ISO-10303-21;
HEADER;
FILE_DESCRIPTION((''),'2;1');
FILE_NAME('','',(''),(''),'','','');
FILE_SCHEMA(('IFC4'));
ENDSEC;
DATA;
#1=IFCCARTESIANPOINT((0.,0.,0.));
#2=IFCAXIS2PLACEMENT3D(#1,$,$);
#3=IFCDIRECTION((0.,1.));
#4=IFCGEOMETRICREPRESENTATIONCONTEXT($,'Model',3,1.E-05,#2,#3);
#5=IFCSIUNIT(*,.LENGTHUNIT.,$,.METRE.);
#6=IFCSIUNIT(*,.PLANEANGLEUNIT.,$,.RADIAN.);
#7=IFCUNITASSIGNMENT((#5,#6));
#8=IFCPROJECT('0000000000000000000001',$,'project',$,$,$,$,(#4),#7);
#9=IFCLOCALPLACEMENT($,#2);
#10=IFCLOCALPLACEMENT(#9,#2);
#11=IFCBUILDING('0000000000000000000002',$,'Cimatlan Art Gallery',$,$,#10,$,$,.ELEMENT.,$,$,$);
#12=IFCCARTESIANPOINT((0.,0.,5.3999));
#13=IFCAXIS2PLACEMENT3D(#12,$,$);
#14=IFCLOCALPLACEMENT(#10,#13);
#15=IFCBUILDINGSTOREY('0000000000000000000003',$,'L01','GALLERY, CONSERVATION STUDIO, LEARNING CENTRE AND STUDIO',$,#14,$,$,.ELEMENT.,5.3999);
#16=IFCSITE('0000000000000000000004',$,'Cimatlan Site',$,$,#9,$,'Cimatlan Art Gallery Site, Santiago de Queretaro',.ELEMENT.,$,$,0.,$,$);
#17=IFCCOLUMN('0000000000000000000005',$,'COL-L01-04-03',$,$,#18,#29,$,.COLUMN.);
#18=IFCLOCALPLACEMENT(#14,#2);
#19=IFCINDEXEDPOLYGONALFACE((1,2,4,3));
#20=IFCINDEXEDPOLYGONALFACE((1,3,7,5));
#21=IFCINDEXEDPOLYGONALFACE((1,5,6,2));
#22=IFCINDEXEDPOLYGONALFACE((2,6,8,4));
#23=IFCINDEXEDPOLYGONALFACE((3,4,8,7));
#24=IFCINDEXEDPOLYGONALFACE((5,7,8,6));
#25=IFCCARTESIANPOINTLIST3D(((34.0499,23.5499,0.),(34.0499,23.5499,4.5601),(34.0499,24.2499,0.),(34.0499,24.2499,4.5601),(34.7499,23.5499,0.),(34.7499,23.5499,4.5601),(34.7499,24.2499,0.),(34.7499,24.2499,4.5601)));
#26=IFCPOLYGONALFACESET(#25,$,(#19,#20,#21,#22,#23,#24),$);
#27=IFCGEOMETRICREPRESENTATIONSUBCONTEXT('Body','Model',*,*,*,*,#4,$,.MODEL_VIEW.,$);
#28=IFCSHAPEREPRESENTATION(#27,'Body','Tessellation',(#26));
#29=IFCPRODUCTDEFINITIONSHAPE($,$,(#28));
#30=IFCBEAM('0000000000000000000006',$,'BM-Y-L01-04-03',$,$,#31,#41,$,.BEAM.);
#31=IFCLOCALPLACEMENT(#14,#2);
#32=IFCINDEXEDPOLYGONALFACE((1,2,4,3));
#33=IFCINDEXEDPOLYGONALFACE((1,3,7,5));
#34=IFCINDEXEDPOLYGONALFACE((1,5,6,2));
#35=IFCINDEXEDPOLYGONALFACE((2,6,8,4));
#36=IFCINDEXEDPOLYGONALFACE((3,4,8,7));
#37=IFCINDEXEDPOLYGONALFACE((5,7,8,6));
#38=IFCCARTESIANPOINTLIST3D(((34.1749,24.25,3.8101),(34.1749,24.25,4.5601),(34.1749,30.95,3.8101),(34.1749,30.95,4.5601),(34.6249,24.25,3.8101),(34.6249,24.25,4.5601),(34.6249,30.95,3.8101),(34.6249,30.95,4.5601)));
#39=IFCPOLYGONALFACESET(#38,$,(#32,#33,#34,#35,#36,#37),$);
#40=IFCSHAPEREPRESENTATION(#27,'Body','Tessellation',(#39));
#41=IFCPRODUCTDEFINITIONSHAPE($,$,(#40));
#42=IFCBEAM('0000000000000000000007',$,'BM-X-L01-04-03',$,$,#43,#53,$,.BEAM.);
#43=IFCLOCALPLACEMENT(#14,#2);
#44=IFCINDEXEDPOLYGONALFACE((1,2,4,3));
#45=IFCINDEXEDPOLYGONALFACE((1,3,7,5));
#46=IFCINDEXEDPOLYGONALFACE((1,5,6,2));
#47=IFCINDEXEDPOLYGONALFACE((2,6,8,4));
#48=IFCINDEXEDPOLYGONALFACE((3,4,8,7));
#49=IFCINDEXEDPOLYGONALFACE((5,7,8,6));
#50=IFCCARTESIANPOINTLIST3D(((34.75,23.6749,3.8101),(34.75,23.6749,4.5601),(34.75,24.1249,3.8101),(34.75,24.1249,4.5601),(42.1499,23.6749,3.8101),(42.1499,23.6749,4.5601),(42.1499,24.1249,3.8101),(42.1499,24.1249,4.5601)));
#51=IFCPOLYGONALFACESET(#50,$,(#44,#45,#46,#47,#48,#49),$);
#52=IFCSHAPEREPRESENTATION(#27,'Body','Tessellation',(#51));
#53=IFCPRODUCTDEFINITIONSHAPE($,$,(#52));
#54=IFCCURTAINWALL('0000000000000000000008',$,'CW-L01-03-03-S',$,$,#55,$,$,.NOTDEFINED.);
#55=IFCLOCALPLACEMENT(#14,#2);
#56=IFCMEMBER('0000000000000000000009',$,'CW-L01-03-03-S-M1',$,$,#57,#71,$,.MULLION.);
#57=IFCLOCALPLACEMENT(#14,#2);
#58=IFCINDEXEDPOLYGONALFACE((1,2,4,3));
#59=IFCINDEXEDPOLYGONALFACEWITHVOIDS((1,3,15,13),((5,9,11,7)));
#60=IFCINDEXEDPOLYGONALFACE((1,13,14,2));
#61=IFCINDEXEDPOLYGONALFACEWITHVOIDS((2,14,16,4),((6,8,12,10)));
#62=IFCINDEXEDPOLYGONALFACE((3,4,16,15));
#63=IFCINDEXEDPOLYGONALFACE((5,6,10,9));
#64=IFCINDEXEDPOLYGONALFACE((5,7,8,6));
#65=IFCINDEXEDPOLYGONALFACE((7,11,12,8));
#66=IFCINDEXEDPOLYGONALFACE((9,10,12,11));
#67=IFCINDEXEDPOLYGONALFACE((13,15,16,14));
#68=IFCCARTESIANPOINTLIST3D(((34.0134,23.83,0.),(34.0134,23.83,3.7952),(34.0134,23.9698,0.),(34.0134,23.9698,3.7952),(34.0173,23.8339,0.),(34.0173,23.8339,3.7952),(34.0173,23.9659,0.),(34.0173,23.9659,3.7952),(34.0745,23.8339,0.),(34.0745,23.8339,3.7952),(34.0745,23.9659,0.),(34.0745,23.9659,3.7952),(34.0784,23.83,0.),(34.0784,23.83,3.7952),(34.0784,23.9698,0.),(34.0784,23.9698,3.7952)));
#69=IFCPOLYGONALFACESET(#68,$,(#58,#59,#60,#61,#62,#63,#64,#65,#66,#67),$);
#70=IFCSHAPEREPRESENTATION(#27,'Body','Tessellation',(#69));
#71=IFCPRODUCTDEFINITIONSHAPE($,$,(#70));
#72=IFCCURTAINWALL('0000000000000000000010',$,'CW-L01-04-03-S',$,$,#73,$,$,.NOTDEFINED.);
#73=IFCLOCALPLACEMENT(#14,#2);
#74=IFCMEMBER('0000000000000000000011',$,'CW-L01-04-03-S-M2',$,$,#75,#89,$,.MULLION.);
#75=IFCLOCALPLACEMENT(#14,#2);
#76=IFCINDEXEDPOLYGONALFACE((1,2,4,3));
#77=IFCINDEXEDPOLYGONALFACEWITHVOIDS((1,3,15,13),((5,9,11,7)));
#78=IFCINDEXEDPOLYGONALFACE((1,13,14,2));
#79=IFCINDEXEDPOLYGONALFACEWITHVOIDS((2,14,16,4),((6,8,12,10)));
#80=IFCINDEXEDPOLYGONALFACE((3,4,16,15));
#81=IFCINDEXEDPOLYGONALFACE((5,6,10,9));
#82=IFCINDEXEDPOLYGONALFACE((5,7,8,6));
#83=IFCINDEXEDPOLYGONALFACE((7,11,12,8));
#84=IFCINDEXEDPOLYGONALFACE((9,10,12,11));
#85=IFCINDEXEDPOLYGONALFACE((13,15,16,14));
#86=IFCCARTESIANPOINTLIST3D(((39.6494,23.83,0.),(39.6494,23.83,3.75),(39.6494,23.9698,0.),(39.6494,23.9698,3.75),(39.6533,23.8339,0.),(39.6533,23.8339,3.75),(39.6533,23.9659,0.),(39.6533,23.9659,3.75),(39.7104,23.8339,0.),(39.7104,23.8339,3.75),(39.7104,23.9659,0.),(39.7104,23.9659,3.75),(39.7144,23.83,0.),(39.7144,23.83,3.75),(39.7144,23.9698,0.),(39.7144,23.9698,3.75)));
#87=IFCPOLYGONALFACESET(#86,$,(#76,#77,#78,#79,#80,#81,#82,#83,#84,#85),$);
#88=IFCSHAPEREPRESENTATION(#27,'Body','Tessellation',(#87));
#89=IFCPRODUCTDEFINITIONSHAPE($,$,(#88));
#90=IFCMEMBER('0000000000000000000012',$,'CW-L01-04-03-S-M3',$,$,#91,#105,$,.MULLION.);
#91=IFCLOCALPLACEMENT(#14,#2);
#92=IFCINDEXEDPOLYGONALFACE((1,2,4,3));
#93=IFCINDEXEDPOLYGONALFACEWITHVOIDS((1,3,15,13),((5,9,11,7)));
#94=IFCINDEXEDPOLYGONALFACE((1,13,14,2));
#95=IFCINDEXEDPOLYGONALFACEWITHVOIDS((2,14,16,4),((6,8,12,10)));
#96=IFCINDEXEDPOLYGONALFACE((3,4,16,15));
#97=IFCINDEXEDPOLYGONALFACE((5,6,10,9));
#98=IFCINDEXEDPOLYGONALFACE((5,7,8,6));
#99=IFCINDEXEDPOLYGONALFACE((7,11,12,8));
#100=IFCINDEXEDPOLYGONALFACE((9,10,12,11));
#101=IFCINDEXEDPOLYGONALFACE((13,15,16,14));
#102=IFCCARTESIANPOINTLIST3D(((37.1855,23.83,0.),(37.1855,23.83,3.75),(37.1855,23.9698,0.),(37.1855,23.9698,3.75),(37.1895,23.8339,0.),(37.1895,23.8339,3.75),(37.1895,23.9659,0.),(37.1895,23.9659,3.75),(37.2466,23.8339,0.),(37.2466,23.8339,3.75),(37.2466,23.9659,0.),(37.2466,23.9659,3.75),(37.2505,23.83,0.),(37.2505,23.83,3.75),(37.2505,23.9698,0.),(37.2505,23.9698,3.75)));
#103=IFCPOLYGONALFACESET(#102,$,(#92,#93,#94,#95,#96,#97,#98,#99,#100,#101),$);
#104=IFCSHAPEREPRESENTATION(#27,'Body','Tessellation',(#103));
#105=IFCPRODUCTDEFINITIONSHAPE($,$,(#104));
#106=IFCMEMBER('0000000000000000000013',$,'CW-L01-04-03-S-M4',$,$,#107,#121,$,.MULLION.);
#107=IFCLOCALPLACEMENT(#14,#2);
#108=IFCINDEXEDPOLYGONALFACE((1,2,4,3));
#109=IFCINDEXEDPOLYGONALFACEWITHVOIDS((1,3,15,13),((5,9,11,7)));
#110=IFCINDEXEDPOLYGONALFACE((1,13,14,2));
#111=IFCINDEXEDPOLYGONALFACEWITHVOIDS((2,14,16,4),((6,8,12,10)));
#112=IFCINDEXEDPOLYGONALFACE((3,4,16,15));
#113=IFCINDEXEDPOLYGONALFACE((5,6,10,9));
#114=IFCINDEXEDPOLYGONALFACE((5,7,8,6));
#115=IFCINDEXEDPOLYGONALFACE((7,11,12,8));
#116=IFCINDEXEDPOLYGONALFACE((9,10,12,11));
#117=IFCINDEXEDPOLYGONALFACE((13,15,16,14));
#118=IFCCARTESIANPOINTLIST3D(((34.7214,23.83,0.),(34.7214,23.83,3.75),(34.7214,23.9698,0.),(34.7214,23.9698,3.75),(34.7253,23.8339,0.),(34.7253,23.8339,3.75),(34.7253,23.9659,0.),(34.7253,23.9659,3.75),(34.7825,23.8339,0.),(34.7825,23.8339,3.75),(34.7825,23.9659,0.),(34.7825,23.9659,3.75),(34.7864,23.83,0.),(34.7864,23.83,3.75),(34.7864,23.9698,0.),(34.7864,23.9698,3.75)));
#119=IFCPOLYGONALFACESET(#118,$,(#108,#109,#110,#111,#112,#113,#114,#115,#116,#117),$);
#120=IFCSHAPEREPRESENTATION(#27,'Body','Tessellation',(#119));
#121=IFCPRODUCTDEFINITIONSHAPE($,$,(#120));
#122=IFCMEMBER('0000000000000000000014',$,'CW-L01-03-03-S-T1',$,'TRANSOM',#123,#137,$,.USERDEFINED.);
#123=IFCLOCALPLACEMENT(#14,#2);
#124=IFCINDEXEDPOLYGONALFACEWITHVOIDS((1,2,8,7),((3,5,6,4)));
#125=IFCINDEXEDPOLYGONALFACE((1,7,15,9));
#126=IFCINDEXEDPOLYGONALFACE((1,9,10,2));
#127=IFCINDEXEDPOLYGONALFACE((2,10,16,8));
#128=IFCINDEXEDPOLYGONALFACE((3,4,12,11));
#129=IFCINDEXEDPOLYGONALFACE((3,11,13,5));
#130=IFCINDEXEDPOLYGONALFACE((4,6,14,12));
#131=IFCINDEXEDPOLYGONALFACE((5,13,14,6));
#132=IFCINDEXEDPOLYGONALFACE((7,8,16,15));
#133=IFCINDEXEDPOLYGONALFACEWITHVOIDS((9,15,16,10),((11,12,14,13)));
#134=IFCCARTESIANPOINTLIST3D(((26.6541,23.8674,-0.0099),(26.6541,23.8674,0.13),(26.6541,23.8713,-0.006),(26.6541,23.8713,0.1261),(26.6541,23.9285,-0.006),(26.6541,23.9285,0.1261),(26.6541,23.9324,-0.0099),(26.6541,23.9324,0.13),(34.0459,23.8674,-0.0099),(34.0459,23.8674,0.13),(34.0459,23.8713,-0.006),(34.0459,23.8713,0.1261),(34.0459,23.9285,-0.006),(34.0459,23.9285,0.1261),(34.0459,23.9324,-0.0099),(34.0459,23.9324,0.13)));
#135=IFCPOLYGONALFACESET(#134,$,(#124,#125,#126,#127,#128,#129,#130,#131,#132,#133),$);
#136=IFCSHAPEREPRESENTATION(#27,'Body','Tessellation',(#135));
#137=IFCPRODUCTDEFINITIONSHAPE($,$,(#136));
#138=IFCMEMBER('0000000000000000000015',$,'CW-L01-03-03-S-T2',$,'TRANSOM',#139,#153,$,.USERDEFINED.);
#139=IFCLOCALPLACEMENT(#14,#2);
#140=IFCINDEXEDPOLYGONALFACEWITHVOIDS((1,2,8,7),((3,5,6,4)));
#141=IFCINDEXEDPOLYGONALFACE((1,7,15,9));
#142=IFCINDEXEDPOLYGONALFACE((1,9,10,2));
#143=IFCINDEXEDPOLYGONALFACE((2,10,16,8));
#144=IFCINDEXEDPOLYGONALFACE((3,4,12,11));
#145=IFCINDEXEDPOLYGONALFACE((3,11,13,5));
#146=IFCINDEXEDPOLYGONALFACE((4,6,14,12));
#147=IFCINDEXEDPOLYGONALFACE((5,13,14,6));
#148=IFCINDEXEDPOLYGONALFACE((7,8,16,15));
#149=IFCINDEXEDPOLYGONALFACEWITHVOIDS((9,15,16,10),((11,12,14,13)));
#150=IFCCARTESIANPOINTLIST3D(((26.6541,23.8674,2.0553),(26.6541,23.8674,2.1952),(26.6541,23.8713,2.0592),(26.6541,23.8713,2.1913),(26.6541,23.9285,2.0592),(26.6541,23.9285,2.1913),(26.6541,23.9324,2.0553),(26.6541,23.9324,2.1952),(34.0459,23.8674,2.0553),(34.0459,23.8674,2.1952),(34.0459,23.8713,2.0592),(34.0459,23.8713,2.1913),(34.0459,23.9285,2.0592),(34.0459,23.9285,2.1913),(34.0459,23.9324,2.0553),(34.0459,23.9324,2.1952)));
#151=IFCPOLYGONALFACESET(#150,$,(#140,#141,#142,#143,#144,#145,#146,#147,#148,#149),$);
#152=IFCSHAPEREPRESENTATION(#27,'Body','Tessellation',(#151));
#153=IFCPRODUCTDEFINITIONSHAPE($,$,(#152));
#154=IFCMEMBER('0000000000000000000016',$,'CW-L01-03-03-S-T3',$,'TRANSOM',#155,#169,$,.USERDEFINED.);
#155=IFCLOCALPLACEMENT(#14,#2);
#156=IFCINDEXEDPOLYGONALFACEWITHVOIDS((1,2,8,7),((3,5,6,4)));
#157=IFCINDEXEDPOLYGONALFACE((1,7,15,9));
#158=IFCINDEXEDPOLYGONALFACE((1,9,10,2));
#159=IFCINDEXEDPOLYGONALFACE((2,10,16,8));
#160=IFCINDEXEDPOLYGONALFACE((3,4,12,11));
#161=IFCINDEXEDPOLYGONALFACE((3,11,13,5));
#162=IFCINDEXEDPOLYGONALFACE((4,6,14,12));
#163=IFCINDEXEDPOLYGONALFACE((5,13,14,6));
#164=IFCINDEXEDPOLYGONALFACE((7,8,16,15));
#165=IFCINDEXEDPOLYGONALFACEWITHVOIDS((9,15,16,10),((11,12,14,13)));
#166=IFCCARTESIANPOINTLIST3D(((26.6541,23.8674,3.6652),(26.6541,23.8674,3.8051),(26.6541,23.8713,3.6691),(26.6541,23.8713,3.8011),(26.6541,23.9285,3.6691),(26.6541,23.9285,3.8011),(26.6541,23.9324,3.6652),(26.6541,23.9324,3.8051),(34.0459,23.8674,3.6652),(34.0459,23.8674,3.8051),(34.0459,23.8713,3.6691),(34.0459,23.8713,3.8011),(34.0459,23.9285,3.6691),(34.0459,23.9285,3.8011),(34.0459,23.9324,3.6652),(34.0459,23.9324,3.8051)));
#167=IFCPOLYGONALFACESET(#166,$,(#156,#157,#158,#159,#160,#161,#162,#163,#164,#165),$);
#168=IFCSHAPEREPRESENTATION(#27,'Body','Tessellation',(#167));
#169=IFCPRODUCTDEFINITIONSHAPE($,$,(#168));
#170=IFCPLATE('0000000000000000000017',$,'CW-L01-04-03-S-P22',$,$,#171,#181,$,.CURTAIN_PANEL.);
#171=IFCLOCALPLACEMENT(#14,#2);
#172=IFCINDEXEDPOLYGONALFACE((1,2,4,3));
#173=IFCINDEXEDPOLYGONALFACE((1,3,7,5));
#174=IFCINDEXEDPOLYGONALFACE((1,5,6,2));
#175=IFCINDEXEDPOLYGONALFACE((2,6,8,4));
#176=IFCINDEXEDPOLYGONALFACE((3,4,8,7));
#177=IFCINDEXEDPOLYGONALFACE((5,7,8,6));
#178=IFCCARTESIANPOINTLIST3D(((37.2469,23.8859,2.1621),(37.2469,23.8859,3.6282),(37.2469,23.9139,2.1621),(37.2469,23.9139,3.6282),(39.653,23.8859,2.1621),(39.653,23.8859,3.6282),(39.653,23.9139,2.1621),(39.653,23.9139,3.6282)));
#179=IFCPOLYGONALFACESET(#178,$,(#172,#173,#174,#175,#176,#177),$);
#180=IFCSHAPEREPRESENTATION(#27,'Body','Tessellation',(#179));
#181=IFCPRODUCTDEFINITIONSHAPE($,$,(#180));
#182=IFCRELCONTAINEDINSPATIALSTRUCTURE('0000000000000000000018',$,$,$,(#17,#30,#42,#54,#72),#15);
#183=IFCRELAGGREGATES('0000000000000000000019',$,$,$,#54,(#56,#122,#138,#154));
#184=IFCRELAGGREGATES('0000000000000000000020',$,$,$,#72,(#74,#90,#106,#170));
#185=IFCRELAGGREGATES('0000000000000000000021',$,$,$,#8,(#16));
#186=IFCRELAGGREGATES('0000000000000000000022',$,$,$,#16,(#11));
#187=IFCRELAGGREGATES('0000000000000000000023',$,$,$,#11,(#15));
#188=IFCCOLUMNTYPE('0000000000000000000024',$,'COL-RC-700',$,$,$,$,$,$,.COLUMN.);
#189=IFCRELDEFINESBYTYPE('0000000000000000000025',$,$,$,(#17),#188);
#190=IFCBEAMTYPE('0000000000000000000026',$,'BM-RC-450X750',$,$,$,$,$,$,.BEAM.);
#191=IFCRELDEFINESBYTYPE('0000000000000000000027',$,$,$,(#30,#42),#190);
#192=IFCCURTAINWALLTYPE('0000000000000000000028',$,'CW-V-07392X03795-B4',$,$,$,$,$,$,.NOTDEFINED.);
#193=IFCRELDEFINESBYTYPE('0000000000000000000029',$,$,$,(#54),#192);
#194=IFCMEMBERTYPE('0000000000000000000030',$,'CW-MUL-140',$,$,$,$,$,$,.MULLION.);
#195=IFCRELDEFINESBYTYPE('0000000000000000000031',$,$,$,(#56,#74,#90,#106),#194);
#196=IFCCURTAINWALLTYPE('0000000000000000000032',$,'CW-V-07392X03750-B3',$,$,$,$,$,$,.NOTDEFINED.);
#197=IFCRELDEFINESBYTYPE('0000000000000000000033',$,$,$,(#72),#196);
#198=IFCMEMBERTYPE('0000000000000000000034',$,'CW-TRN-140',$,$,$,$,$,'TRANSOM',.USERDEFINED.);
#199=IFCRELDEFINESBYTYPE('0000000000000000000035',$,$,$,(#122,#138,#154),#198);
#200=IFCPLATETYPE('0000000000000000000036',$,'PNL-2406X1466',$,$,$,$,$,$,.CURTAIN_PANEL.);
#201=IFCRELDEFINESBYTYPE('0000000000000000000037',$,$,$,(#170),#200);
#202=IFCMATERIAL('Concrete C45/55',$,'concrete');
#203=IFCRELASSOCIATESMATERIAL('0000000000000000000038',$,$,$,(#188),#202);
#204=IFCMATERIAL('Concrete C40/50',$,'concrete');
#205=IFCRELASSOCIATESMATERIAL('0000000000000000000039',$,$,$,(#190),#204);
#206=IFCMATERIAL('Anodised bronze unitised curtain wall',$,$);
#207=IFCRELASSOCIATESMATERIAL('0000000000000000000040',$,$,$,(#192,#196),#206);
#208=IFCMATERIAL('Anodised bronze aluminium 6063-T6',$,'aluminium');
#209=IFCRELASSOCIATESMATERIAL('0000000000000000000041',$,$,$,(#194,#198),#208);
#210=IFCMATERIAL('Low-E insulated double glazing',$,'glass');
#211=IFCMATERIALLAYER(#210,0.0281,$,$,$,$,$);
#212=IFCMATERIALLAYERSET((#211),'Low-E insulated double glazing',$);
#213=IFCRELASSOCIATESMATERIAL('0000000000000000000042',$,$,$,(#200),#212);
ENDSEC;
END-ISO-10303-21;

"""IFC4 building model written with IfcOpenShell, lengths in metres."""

from ifc_helpers import new_model, si_unit, direction, frame, origin, origin_2d, place, context, subcontext, project, spatial, rectangle, hollow_rectangle, extrude, material, layer, layer_set, material_profile, profile_set, type_object, element, aggregate, save


model = new_model("IFC4")

# Units and contexts
model_context = context("Model", 3, precision=1e-05, world=origin(), true_north=direction((0.0, 1.0)))
body_context = subcontext(model_context, "Body", "Model", "MODEL_VIEW")
ifc_project = project(units=[si_unit("LENGTHUNIT", "METRE"), si_unit("PLANEANGLEUNIT", "RADIAN")], contexts=[model_context])

# Site, building, storey
site_placement = place(None, origin())
site = spatial("IfcSite", under=ifc_project, at=site_placement, Name="Cimatlan Site", LongName="Cimatlan Art Gallery Site, Santiago de Queretaro", CompositionType="ELEMENT", RefElevation=0.0)
building_placement = place(site_placement, origin())
building = spatial("IfcBuilding", under=site, at=building_placement, Name="Cimatlan Art Gallery", CompositionType="ELEMENT")
storey_placement = place(building_placement, frame((0.0, 0.0, 5.3999)))
storey = spatial("IfcBuildingStorey", under=building, at=storey_placement, Name="L01", Description="GALLERY, CONSERVATION STUDIO, LEARNING CENTRE AND STUDIO", CompositionType="ELEMENT", Elevation=5.3999)

# Column
ifc_material_1 = material(Name="Concrete C45/55", Category="concrete")
ifc_material_profile_1 = material_profile(ifc_material_1, rectangle(XDim=0.7, YDim=0.7, at=origin_2d()), Name="RC700X700")
ifc_profile_set_1 = profile_set([ifc_material_profile_1], Name="Concrete C45/55")
column_type = type_object("IfcColumnType", Name="COL-RC-700", PredefinedType="COLUMN", material=ifc_profile_set_1)
column_placement = place(storey_placement, frame((34.3999, 23.8999, 0.0), z_axis=(0.0, 0.0, 1.0), x_axis=(1.0, 0.0, 0.0)))
element("IfcColumn", 1, at=column_placement, inside=storey, type_object=column_type, Name="COL-L01-04-03", PredefinedType="COLUMN", context=body_context, shape_type="SweptSolid", body=[
    extrude(rectangle(XDim=0.7, YDim=0.7, at=origin_2d()), origin(), (0.0, 0.0, 1.0), 4.5601),
])

# Beams
ifc_material_2 = material(Name="Concrete C40/50", Category="concrete")
ifc_material_profile_2 = material_profile(ifc_material_2, rectangle(XDim=0.45, YDim=0.75, at=origin_2d()), Name="RC450X750")
ifc_profile_set_2 = profile_set([ifc_material_profile_2], Name="Concrete C40/50")
beam_type = type_object("IfcBeamType", Name="BM-RC-450X750", PredefinedType="BEAM", material=ifc_profile_set_2)
beam_1_placement = place(storey_placement, frame((34.3999, 24.25, 4.1851), z_axis=(0.0, 1.0, 0.0), x_axis=(-1.0, 0.0, 0.0)))
element("IfcBeam", 2, at=beam_1_placement, inside=storey, type_object=beam_type, Name="BM-Y-L01-04-03", PredefinedType="BEAM", context=body_context, shape_type="SweptSolid", body=[
    extrude(rectangle(XDim=0.45, YDim=0.75, at=origin_2d()), origin(), (0.0, 0.0, 1.0), 6.7),
])
beam_2_placement = place(storey_placement, frame((34.75, 23.8999, 4.1851), z_axis=(1.0, 0.0, 0.0), x_axis=(0.0, 1.0, 0.0)))
element("IfcBeam", 3, at=beam_2_placement, inside=storey, type_object=beam_type, Name="BM-X-L01-04-03", PredefinedType="BEAM", context=body_context, shape_type="SweptSolid", body=[
    extrude(rectangle(XDim=0.45, YDim=0.75, at=origin_2d()), origin(), (0.0, 0.0, 1.0), 7.3999),
])

# Curtain wall, member
ifc_material_3 = material(Name="Anodised bronze unitised curtain wall")
curtain_wall_type_1 = type_object("IfcCurtainWallType", Name="CW-V-07392X03795-B4", PredefinedType="NOTDEFINED", material=ifc_material_3)
curtain_wall_1_placement = place(storey_placement, origin())
curtain_wall_1 = element("IfcCurtainWall", 4, at=curtain_wall_1_placement, inside=storey, type_object=curtain_wall_type_1, Name="CW-L01-03-03-S", PredefinedType="NOTDEFINED")
ifc_material_4 = material(Name="Anodised bronze aluminium 6063-T6", Category="aluminium")
ifc_material_profile_3 = material_profile(ifc_material_4, hollow_rectangle(XDim=0.0649, YDim=0.1399, WallThickness=0.0039, at=origin_2d()), Name="ALU65X140X4")
ifc_profile_set_3 = profile_set([ifc_material_profile_3], Name="Anodised bronze aluminium 6063-T6")
member_type_1 = type_object("IfcMemberType", Name="CW-MUL-140", PredefinedType="MULLION", material=ifc_profile_set_3)
member_1_placement = place(storey_placement, frame((34.0459, 23.8999, 0.0), z_axis=(0.0, 0.0, 1.0), x_axis=(1.0, 0.0, 0.0)))
member_1 = element("IfcMember", 5, at=member_1_placement, type_object=member_type_1, Name="CW-L01-03-03-S-M1", PredefinedType="MULLION", context=body_context, shape_type="SweptSolid", body=[
    extrude(hollow_rectangle(XDim=0.0649, YDim=0.1399, WallThickness=0.0039, at=origin_2d()), origin(), (0.0, 0.0, 1.0), 3.7952),
])

# Curtain wall, members
curtain_wall_type_2 = type_object("IfcCurtainWallType", Name="CW-V-07392X03750-B3", PredefinedType="NOTDEFINED", material=ifc_material_3)
curtain_wall_2_placement = place(storey_placement, origin())
curtain_wall_2 = element("IfcCurtainWall", 6, at=curtain_wall_2_placement, inside=storey, type_object=curtain_wall_type_2, Name="CW-L01-04-03-S", PredefinedType="NOTDEFINED")
member_2_placement = place(storey_placement, frame((39.6819, 23.8999, 0.0), z_axis=(0.0, 0.0, 1.0), x_axis=(1.0, 0.0, 0.0)))
member_2 = element("IfcMember", 7, at=member_2_placement, type_object=member_type_1, Name="CW-L01-04-03-S-M2", PredefinedType="MULLION", context=body_context, shape_type="SweptSolid", body=[
    extrude(hollow_rectangle(XDim=0.0649, YDim=0.1399, WallThickness=0.0039, at=origin_2d()), origin(), (0.0, 0.0, 1.0), 3.75),
])
member_3_placement = place(storey_placement, frame((37.218, 23.8999, 0.0), z_axis=(0.0, 0.0, 1.0), x_axis=(1.0, 0.0, 0.0)))
member_3 = element("IfcMember", 8, at=member_3_placement, type_object=member_type_1, Name="CW-L01-04-03-S-M3", PredefinedType="MULLION", context=body_context, shape_type="SweptSolid", body=[
    extrude(hollow_rectangle(XDim=0.0649, YDim=0.1399, WallThickness=0.0039, at=origin_2d()), origin(), (0.0, 0.0, 1.0), 3.75),
])
member_4_placement = place(storey_placement, frame((34.7539, 23.8999, 0.0), z_axis=(0.0, 0.0, 1.0), x_axis=(1.0, 0.0, 0.0)))
member_4 = element("IfcMember", 9, at=member_4_placement, type_object=member_type_1, Name="CW-L01-04-03-S-M4", PredefinedType="MULLION", context=body_context, shape_type="SweptSolid", body=[
    extrude(hollow_rectangle(XDim=0.0649, YDim=0.1399, WallThickness=0.0039, at=origin_2d()), origin(), (0.0, 0.0, 1.0), 3.75),
])

# Members
ifc_material_profile_4 = material_profile(ifc_material_4, hollow_rectangle(XDim=0.0649, YDim=0.1399, WallThickness=0.0039, at=origin_2d()), Name="ALU65X140X4")
ifc_profile_set_4 = profile_set([ifc_material_profile_4], Name="Anodised bronze aluminium 6063-T6")
member_type_2 = type_object("IfcMemberType", Name="CW-TRN-140", ElementType="TRANSOM", PredefinedType="USERDEFINED", material=ifc_profile_set_4)
member_5_placement = place(storey_placement, frame((34.0459, 23.8999, 0.0601), z_axis=(-1.0, 0.0, 0.0), x_axis=(0.0, -1.0, 0.0)))
member_5 = element("IfcMember", 10, at=member_5_placement, type_object=member_type_2, Name="CW-L01-03-03-S-T1", ObjectType="TRANSOM", PredefinedType="USERDEFINED", context=body_context, shape_type="SweptSolid", body=[
    extrude(hollow_rectangle(XDim=0.0649, YDim=0.1399, WallThickness=0.0039, at=origin_2d()), origin(), (0.0, 0.0, 1.0), 7.3918),
])
member_6_placement = place(storey_placement, frame((34.0459, 23.8999, 2.1252), z_axis=(-1.0, 0.0, 0.0), x_axis=(0.0, -1.0, 0.0)))
member_6 = element("IfcMember", 11, at=member_6_placement, type_object=member_type_2, Name="CW-L01-03-03-S-T2", ObjectType="TRANSOM", PredefinedType="USERDEFINED", context=body_context, shape_type="SweptSolid", body=[
    extrude(hollow_rectangle(XDim=0.0649, YDim=0.1399, WallThickness=0.0039, at=origin_2d()), origin(), (0.0, 0.0, 1.0), 7.3918),
])
member_7_placement = place(storey_placement, frame((34.0459, 23.8999, 3.7351), z_axis=(-1.0, 0.0, 0.0), x_axis=(0.0, -1.0, 0.0)))
member_7 = element("IfcMember", 12, at=member_7_placement, type_object=member_type_2, Name="CW-L01-03-03-S-T3", ObjectType="TRANSOM", PredefinedType="USERDEFINED", context=body_context, shape_type="SweptSolid", body=[
    extrude(hollow_rectangle(XDim=0.0649, YDim=0.1399, WallThickness=0.0039, at=origin_2d()), origin(), (0.0, 0.0, 1.0), 7.3918),
])
aggregate(curtain_wall_1, [member_1, member_5, member_6, member_7])

# Plate
ifc_material_5 = material(Name="Low-E insulated double glazing", Category="glass")
ifc_layer_1 = layer(ifc_material_5, 0.0281)
ifc_layer_set_1 = layer_set([ifc_layer_1], Name="Low-E insulated double glazing")
plate_type_1 = type_object("IfcPlateType", Name="PNL-2406X1466", PredefinedType="CURTAIN_PANEL", material=ifc_layer_set_1)
plate_1_placement = place(storey_placement, frame((38.45, 23.8999, 2.1621), z_axis=(0.0, 0.0, 1.0), x_axis=(-1.0, 0.0, 0.0)))
plate_1 = element("IfcPlate", 13, at=plate_1_placement, type_object=plate_type_1, Name="CW-L01-04-03-S-P22", PredefinedType="CURTAIN_PANEL", context=body_context, shape_type="SweptSolid", body=[
    extrude(rectangle(XDim=2.406, YDim=0.0281, at=origin_2d()), origin(), (0.0, 0.0, 1.0), 1.4661),
])
aggregate(curtain_wall_2, [member_2, member_3, member_4, plate_1])

save(model, "model.ifc")
